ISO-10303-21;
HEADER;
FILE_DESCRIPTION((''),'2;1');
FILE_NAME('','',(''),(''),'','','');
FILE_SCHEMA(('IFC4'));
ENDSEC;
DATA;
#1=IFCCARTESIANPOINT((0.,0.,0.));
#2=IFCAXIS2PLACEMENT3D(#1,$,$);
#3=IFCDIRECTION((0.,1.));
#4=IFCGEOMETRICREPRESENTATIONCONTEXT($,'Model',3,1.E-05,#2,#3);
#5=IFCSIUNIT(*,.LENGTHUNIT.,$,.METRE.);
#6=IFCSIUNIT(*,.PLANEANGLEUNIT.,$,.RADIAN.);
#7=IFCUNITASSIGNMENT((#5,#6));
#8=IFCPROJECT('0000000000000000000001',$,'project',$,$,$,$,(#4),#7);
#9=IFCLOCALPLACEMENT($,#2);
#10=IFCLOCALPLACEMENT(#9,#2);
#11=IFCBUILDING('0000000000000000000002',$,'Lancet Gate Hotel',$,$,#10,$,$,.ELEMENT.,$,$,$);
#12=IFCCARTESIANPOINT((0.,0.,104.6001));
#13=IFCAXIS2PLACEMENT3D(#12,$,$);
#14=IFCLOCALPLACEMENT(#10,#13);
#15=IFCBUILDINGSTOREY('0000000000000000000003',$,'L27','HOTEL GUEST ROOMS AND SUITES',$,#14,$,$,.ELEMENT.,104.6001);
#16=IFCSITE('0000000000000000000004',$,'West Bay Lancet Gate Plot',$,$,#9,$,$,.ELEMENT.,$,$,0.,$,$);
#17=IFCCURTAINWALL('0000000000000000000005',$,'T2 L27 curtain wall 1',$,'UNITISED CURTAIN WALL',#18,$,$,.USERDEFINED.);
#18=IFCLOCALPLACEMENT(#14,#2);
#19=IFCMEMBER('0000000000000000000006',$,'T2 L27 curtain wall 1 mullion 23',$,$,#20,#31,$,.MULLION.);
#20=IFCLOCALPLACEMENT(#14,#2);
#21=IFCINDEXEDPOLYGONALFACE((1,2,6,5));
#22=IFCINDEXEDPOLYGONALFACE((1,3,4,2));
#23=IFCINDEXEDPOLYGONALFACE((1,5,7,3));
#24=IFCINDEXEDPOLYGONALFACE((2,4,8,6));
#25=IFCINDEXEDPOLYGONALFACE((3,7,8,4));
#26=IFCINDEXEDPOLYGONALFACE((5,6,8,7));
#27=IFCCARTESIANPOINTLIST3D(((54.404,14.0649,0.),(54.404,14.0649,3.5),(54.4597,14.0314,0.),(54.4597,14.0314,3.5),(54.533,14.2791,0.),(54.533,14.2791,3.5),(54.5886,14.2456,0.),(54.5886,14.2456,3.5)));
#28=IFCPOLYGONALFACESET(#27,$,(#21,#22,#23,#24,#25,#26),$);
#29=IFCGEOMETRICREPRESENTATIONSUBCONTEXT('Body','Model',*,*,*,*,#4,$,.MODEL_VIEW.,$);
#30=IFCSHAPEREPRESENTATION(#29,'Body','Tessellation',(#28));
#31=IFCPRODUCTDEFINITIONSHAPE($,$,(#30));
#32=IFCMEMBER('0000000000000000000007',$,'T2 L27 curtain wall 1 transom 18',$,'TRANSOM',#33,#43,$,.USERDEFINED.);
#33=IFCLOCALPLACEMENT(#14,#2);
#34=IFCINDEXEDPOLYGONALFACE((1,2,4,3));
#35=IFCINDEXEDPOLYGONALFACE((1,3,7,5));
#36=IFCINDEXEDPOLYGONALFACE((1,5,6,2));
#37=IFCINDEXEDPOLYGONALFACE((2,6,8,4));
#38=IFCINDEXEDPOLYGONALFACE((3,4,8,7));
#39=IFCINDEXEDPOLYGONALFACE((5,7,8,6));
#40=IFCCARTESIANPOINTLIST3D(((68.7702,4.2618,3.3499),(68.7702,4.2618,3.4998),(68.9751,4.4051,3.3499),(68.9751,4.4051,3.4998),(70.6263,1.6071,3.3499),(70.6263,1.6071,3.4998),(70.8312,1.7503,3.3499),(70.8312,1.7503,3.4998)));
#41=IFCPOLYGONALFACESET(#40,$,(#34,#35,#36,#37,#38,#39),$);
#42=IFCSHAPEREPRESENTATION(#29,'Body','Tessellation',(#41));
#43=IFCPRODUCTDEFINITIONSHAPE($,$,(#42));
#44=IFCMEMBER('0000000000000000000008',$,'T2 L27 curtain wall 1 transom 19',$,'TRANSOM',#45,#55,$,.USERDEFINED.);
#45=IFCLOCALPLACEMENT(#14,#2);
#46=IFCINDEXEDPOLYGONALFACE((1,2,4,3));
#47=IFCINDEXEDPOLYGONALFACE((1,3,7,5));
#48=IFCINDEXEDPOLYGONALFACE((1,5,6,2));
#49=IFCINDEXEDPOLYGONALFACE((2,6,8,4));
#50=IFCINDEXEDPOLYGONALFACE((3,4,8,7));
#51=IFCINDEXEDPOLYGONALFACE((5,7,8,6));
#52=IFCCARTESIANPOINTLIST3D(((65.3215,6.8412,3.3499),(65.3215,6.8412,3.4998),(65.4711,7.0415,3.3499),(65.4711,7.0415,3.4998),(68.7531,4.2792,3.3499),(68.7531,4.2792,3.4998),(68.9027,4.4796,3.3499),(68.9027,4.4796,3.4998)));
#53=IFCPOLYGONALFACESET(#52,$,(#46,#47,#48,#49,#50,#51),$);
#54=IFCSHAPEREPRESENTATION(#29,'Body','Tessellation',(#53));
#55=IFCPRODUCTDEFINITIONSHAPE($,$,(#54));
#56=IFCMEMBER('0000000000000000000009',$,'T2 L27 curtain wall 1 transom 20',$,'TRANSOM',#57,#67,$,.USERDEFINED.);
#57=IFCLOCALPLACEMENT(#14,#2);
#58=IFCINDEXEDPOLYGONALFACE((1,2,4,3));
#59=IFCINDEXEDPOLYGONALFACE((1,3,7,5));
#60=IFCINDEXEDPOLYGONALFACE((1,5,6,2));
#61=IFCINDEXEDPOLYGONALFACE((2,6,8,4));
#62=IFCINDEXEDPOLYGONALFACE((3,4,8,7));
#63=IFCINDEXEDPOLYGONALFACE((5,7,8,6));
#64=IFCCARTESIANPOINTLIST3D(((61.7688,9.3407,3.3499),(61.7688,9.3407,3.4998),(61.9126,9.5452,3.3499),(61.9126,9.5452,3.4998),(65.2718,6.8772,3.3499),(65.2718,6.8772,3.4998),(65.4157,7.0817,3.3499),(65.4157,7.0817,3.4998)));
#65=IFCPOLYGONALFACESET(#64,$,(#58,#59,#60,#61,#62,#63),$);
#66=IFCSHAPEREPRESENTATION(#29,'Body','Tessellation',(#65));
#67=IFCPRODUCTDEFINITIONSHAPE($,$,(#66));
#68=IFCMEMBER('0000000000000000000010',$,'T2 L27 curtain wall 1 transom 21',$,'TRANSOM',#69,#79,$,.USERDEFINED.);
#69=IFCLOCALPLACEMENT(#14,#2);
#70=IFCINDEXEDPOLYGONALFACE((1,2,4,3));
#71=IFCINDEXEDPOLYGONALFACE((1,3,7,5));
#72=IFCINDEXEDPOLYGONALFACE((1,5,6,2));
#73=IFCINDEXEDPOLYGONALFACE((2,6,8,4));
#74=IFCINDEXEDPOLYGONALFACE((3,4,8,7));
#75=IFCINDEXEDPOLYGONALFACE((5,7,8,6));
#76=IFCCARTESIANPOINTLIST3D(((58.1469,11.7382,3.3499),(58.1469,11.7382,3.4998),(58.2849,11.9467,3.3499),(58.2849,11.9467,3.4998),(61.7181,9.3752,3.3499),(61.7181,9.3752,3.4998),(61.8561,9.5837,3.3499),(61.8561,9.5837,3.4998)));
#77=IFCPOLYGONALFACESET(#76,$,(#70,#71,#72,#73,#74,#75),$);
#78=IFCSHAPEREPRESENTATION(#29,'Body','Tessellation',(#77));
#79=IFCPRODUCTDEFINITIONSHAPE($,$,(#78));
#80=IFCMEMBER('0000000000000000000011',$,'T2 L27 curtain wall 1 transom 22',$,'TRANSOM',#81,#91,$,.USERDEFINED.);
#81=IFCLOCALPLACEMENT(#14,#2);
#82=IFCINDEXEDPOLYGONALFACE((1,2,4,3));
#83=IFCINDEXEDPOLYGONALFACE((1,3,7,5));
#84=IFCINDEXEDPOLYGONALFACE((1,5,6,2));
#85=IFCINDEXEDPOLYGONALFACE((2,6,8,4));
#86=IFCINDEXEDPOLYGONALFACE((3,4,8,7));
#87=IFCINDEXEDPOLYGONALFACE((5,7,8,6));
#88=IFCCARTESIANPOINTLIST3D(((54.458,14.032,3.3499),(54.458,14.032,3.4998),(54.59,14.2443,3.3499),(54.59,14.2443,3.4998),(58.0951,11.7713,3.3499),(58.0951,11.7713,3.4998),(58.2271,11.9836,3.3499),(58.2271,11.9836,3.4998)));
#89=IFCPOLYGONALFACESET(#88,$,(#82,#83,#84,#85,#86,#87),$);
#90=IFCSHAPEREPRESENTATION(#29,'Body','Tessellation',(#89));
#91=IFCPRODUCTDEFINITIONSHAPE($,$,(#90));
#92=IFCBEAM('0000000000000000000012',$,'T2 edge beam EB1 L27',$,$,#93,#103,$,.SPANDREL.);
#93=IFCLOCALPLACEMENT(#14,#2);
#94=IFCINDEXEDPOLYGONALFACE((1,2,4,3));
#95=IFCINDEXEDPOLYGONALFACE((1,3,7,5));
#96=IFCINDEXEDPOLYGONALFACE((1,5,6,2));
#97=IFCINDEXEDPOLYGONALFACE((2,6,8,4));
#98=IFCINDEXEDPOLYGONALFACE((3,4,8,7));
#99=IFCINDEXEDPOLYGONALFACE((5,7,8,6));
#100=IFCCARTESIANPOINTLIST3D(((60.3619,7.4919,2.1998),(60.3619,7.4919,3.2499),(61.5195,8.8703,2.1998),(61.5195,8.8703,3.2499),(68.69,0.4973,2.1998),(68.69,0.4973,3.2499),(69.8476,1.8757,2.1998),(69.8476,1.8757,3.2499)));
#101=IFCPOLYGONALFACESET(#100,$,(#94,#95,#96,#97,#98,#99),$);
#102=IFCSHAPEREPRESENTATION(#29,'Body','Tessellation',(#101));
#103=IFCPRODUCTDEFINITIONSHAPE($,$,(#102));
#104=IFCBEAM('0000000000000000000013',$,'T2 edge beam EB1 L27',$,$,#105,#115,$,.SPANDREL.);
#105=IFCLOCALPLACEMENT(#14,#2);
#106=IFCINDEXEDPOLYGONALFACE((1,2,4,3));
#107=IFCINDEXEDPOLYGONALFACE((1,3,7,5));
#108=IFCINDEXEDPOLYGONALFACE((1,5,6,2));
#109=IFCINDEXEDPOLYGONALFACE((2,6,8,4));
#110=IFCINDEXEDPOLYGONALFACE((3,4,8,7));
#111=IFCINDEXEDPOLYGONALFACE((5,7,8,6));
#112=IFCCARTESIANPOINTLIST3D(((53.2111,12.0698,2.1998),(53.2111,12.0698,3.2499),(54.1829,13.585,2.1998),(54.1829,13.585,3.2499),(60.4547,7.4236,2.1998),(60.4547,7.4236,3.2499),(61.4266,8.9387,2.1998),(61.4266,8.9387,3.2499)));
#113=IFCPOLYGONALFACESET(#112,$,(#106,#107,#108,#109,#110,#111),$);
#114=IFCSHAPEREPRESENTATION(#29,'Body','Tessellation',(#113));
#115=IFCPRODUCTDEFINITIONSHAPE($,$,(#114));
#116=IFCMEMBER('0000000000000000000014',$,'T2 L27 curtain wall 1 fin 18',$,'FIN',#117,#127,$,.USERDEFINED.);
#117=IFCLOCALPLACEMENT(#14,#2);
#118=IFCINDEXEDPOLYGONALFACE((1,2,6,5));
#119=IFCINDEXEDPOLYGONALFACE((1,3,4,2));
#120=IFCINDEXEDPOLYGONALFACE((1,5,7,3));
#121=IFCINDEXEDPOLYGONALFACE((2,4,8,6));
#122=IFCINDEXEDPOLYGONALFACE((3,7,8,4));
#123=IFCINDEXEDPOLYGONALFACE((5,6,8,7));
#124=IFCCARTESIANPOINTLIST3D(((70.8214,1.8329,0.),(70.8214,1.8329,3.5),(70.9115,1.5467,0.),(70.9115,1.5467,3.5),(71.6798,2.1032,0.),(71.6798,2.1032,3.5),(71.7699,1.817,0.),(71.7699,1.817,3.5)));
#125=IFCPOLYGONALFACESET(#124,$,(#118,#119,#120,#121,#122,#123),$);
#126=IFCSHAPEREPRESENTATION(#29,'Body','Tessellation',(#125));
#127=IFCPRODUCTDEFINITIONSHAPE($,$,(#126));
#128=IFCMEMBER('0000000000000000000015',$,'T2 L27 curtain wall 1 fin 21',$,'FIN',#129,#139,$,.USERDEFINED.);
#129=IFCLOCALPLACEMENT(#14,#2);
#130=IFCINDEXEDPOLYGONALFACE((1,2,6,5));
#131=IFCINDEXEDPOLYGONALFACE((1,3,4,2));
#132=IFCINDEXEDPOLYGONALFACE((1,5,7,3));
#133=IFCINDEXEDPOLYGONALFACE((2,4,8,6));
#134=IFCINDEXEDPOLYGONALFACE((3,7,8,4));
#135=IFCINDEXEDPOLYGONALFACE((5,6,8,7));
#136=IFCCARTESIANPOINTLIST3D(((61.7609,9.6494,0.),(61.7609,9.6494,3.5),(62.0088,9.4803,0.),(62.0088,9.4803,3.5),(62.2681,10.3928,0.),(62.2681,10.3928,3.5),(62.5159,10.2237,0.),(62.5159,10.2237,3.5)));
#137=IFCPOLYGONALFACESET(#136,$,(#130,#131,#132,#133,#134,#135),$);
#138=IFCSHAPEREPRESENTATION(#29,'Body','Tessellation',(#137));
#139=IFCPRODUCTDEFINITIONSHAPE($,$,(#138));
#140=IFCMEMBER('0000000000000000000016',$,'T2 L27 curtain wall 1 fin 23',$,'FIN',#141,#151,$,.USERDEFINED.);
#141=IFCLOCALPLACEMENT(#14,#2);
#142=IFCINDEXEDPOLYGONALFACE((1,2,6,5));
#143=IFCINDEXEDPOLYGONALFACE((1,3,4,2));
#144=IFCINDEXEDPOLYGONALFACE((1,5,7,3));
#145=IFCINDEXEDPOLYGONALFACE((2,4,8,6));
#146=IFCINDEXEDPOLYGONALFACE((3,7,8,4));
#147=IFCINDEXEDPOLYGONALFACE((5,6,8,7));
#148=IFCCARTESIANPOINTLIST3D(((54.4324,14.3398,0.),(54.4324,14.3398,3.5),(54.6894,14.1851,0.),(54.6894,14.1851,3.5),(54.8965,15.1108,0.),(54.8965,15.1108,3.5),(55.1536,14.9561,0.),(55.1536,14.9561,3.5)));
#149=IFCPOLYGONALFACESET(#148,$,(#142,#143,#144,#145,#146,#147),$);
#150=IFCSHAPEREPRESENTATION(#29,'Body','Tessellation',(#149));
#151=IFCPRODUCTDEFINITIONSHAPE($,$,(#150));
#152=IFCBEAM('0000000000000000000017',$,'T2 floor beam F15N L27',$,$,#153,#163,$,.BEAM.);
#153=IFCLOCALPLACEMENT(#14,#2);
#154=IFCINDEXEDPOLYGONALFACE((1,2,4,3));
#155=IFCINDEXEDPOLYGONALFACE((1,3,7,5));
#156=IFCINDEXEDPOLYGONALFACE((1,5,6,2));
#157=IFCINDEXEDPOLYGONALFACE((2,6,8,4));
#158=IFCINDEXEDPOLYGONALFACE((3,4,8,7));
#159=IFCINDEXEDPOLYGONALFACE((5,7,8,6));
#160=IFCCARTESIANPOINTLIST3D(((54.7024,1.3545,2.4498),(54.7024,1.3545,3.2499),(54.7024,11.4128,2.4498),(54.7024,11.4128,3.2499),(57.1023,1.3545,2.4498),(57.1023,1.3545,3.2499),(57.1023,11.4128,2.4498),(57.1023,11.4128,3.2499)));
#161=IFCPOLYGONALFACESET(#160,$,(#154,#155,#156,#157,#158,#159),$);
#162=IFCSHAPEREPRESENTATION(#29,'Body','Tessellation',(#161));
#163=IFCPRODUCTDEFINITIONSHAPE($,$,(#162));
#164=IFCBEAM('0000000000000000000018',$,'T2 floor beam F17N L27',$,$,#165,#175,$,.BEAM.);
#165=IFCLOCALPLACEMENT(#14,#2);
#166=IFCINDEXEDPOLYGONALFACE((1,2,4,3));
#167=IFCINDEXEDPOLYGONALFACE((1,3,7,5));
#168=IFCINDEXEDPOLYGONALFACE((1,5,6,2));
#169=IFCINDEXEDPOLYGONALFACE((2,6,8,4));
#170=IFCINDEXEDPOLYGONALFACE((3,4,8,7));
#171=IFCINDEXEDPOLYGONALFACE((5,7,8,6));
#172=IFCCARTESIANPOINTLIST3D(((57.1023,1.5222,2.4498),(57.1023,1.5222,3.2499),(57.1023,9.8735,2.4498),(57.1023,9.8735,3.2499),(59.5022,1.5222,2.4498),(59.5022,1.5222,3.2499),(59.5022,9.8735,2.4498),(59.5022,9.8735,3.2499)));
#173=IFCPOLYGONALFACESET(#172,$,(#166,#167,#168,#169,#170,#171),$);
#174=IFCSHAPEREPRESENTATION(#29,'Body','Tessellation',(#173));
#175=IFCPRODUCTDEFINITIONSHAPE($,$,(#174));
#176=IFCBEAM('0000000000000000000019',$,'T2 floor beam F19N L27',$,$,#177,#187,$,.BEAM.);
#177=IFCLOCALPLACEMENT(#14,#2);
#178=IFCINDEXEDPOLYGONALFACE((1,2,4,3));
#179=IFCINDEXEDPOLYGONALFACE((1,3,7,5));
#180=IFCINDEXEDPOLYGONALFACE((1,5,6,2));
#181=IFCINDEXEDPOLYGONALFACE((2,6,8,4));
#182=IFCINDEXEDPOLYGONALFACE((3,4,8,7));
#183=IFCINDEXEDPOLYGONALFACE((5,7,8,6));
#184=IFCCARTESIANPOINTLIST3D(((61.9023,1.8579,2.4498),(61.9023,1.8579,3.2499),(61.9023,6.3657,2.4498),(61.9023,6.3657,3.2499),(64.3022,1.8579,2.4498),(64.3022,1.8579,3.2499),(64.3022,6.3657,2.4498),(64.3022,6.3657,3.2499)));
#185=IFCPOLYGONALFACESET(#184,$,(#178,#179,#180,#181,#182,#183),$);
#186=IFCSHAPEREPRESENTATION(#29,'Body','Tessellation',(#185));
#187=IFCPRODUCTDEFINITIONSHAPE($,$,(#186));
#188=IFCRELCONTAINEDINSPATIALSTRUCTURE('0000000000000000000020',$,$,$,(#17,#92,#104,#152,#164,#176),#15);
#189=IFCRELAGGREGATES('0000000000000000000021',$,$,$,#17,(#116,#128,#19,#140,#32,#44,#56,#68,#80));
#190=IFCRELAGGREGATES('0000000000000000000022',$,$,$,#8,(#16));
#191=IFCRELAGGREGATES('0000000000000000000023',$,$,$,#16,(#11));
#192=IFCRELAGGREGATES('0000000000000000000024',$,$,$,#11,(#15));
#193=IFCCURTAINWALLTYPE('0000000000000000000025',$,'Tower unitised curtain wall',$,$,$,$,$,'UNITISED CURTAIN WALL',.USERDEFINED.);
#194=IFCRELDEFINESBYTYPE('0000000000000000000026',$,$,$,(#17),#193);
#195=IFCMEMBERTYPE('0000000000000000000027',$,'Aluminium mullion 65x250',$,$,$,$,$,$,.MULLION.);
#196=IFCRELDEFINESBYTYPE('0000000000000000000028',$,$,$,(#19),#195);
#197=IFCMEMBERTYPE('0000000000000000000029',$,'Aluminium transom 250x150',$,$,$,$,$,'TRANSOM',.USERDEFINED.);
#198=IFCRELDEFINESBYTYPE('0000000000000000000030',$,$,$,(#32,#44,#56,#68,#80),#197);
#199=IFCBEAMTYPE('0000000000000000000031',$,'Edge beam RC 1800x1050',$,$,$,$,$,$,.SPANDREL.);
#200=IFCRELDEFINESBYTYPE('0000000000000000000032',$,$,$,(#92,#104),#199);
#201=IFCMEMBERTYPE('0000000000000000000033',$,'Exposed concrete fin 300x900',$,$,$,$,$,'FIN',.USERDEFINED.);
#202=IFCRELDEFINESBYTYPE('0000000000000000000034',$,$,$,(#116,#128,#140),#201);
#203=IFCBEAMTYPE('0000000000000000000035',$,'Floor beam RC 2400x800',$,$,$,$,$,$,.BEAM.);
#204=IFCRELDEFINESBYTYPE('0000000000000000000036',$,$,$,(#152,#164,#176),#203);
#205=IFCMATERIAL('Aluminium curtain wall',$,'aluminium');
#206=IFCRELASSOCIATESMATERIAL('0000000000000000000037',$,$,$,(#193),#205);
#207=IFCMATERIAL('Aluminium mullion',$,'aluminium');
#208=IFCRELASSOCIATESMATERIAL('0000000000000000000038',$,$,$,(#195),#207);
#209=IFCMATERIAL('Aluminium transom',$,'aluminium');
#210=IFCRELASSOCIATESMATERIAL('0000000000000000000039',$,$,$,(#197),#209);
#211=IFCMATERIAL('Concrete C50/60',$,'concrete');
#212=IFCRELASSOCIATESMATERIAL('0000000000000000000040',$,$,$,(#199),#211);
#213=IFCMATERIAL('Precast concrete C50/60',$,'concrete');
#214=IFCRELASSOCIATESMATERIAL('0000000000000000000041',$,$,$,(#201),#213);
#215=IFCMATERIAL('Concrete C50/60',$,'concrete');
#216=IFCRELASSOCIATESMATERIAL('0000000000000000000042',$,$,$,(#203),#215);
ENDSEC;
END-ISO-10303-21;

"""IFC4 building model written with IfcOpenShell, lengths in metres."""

from ifc_helpers import new_model, si_unit, direction, frame, origin, origin_2d, place, context, subcontext, project, spatial, rectangle, extrude, material, material_profile, profile_set, type_object, element, aggregate, save


model = new_model("IFC4")

# Units and contexts
model_context = context("Model", 3, precision=1e-05, world=origin(), true_north=direction((0.0, 1.0)))
body_context = subcontext(model_context, "Body", "Model", "MODEL_VIEW")
ifc_project = project(units=[si_unit("LENGTHUNIT", "METRE"), si_unit("PLANEANGLEUNIT", "RADIAN")], contexts=[model_context])

# Site, building, storey
site_placement = place(None, origin())
site = spatial("IfcSite", under=ifc_project, at=site_placement, Name="West Bay Lancet Gate Plot", CompositionType="ELEMENT", RefElevation=0.0)
building_placement = place(site_placement, origin())
building = spatial("IfcBuilding", under=site, at=building_placement, Name="Lancet Gate Hotel", CompositionType="ELEMENT")
storey_placement = place(building_placement, frame((0.0, 0.0, 104.6001)))
storey = spatial("IfcBuildingStorey", under=building, at=storey_placement, Name="L27", Description="HOTEL GUEST ROOMS AND SUITES", CompositionType="ELEMENT", Elevation=104.6001)

# Curtain wall, members
ifc_material_1 = material(Name="Aluminium curtain wall", Category="aluminium")
curtain_wall_type = type_object("IfcCurtainWallType", Name="Tower unitised curtain wall", ElementType="UNITISED CURTAIN WALL", PredefinedType="USERDEFINED", material=ifc_material_1)
curtain_wall_placement = place(storey_placement, origin())
curtain_wall = element("IfcCurtainWall", 1, at=curtain_wall_placement, inside=storey, type_object=curtain_wall_type, Name="T2 L27 curtain wall 1", ObjectType="UNITISED CURTAIN WALL", PredefinedType="USERDEFINED")
ifc_material_2 = material(Name="Aluminium mullion", Category="aluminium")
ifc_material_profile_1 = material_profile(ifc_material_2, rectangle(XDim=0.0649, YDim=0.25, at=origin_2d()), Name="MULLION 65x250")
ifc_profile_set_1 = profile_set([ifc_material_profile_1], Name="Aluminium mullion")
member_type_1 = type_object("IfcMemberType", Name="Aluminium mullion 65x250", PredefinedType="MULLION", material=ifc_profile_set_1)
member_1_placement = place(storey_placement, frame((54.4963, 14.1553, 0.0), z_axis=(0.0, 0.0, 1.0), x_axis=(-0.856728, 0.515768, 0.0)))
member_1 = element("IfcMember", 2, at=member_1_placement, type_object=member_type_1, Name="T2 L27 curtain wall 1 mullion 23", PredefinedType="MULLION", context=body_context, shape_type="SweptSolid", body=[
    extrude(rectangle(XDim=0.0649, YDim=0.25, at=origin_2d()), origin(), (0.0, 0.0, 1.0), 3.5),
])
ifc_material_3 = material(Name="Aluminium transom", Category="aluminium")
ifc_material_profile_2 = material_profile(ifc_material_3, rectangle(XDim=0.25, YDim=0.1499, at=origin_2d()), Name="TRANSOM 250x150")
ifc_profile_set_2 = profile_set([ifc_material_profile_2], Name="Aluminium transom")
member_type_2 = type_object("IfcMemberType", Name="Aluminium transom 250x150", ElementType="TRANSOM", PredefinedType="USERDEFINED", material=ifc_profile_set_2)
member_2_placement = place(storey_placement, frame((70.7288, 1.6787, 3.4248), z_axis=(-0.573017, 0.819543, 0.0), x_axis=(-0.819543, -0.573017, 0.0)))
member_2 = element("IfcMember", 3, at=member_2_placement, type_object=member_type_2, Name="T2 L27 curtain wall 1 transom 18", ObjectType="TRANSOM", PredefinedType="USERDEFINED", context=body_context, shape_type="SweptSolid", body=[
    extrude(rectangle(XDim=0.25, YDim=0.1499, at=origin_2d()), origin(), (0.0, 0.0, 1.0), 3.2393),
])
member_3_placement = place(storey_placement, frame((68.8279, 4.3794, 3.4248), z_axis=(-0.801312, 0.598247, 0.0), x_axis=(-0.598247, -0.801312, 0.0)))
member_3 = element("IfcMember", 4, at=member_3_placement, type_object=member_type_2, Name="T2 L27 curtain wall 1 transom 19", ObjectType="TRANSOM", PredefinedType="USERDEFINED", context=body_context, shape_type="SweptSolid", body=[
    extrude(rectangle(XDim=0.25, YDim=0.1499, at=origin_2d()), origin(), (0.0, 0.0, 1.0), 4.2825),
])
member_4_placement = place(storey_placement, frame((65.3438, 6.9795, 3.4248), z_axis=(-0.817987, 0.575236, 0.0), x_axis=(-0.575236, -0.817987, 0.0)))
member_4 = element("IfcMember", 5, at=member_4_placement, type_object=member_type_2, Name="T2 L27 curtain wall 1 transom 20", ObjectType="TRANSOM", PredefinedType="USERDEFINED", context=body_context, shape_type="SweptSolid", body=[
    extrude(rectangle(XDim=0.25, YDim=0.1499, at=origin_2d()), origin(), (0.0, 0.0, 1.0), 4.2825),
])
member_5_placement = place(storey_placement, frame((61.7871, 9.4795, 3.4248), z_axis=(-0.833966, 0.551816, 0.0), x_axis=(-0.551816, -0.833966, 0.0)))
member_5 = element("IfcMember", 6, at=member_5_placement, type_object=member_type_2, Name="T2 L27 curtain wall 1 transom 21", ObjectType="TRANSOM", PredefinedType="USERDEFINED", context=body_context, shape_type="SweptSolid", body=[
    extrude(rectangle(XDim=0.25, YDim=0.1499, at=origin_2d()), origin(), (0.0, 0.0, 1.0), 4.2822),
])
member_6_placement = place(storey_placement, frame((58.1611, 11.8774, 3.4248), z_axis=(-0.849309, 0.527896, 0.0), x_axis=(-0.527896, -0.849309, 0.0)))
member_6 = element("IfcMember", 7, at=member_6_placement, type_object=member_type_2, Name="T2 L27 curtain wall 1 transom 22", ObjectType="TRANSOM", PredefinedType="USERDEFINED", context=body_context, shape_type="SweptSolid", body=[
    extrude(rectangle(XDim=0.25, YDim=0.1499, at=origin_2d()), origin(), (0.0, 0.0, 1.0), 4.2825),
])

# Beams
ifc_material_4 = material(Name="Concrete C50/60", Category="concrete")
ifc_material_profile_3 = material_profile(ifc_material_4, rectangle(XDim=1.8, YDim=1.05, at=origin_2d()), Name="RC 1800x1050")
ifc_profile_set_3 = profile_set([ifc_material_profile_3], Name="Concrete C50/60")
beam_type_1 = type_object("IfcBeamType", Name="Edge beam RC 1800x1050", PredefinedType="SPANDREL", material=ifc_profile_set_3)
beam_1_placement = place(storey_placement, frame((69.2688, 1.1865, 2.7249), z_axis=(-0.76575, 0.643138, 0.0), x_axis=(-0.643138, -0.76575, 0.0)))
element("IfcBeam", 8, at=beam_1_placement, inside=storey, type_object=beam_type_1, Name="T2 edge beam EB1 L27", PredefinedType="SPANDREL", context=body_context, shape_type="SweptSolid", body=[
    extrude(rectangle(XDim=1.8, YDim=1.05, at=origin_2d()), origin(), (0.0, 0.0, 1.0), 10.8757),
])
beam_2_placement = place(storey_placement, frame((60.9407, 8.1812, 2.7249), z_axis=(-0.841727, 0.539903, 0.0), x_axis=(-0.539903, -0.841727, 0.0)))
element("IfcBeam", 9, at=beam_2_placement, inside=storey, type_object=beam_type_1, Name="T2 edge beam EB1 L27", PredefinedType="SPANDREL", context=body_context, shape_type="SweptSolid", body=[
    extrude(rectangle(XDim=1.8, YDim=1.05, at=origin_2d()), origin(), (0.0, 0.0, 1.0), 8.6057),
])

# Members
ifc_material_5 = material(Name="Precast concrete C50/60", Category="concrete")
ifc_material_profile_4 = material_profile(ifc_material_5, rectangle(XDim=0.3, YDim=0.8999, at=origin_2d()), Name="FIN 300x900")
ifc_profile_set_4 = profile_set([ifc_material_profile_4], Name="Precast concrete C50/60")
member_type_3 = type_object("IfcMemberType", Name="Exposed concrete fin 300x900", ElementType="FIN", PredefinedType="USERDEFINED", material=ifc_profile_set_4)
member_7_placement = place(storey_placement, frame((71.2957, 1.825, 0.0), z_axis=(0.0, 0.0, 1.0), x_axis=(-0.300385, 0.953818, 0.0)))
member_7 = element("IfcMember", 10, at=member_7_placement, type_object=member_type_3, Name="T2 L27 curtain wall 1 fin 18", ObjectType="FIN", PredefinedType="USERDEFINED", context=body_context, shape_type="SweptSolid", body=[
    extrude(rectangle(XDim=0.3, YDim=0.8999, at=origin_2d()), origin(), (0.0, 0.0, 1.0), 3.5),
])
member_8_placement = place(storey_placement, frame((62.1384, 9.9365, 0.0), z_axis=(0.0, 0.0, 1.0), x_axis=(-0.826066, 0.563574, 0.0)))
member_8 = element("IfcMember", 11, at=member_8_placement, type_object=member_type_3, Name="T2 L27 curtain wall 1 fin 21", ObjectType="FIN", PredefinedType="USERDEFINED", context=body_context, shape_type="SweptSolid", body=[
    extrude(rectangle(XDim=0.3, YDim=0.8999, at=origin_2d()), origin(), (0.0, 0.0, 1.0), 3.5),
])
member_9_placement = place(storey_placement, frame((54.793, 14.6479, 0.0), z_axis=(0.0, 0.0, 1.0), x_axis=(-0.856728, 0.515768, 0.0)))
member_9 = element("IfcMember", 12, at=member_9_placement, type_object=member_type_3, Name="T2 L27 curtain wall 1 fin 23", ObjectType="FIN", PredefinedType="USERDEFINED", context=body_context, shape_type="SweptSolid", body=[
    extrude(rectangle(XDim=0.3, YDim=0.8999, at=origin_2d()), origin(), (0.0, 0.0, 1.0), 3.5),
])

# Beams
ifc_material_6 = material(Name="Concrete C50/60", Category="concrete")
ifc_material_profile_5 = material_profile(ifc_material_6, rectangle(XDim=2.3999, YDim=0.8, at=origin_2d()), Name="RC 2400x800")
ifc_profile_set_5 = profile_set([ifc_material_profile_5], Name="Concrete C50/60")
beam_type_2 = type_object("IfcBeamType", Name="Floor beam RC 2400x800", PredefinedType="BEAM", material=ifc_profile_set_5)
beam_3_placement = place(storey_placement, frame((55.9023, 1.3545, 2.8499), z_axis=(0.0, 1.0, 0.0), x_axis=(-1.0, 0.0, 0.0)))
element("IfcBeam", 13, at=beam_3_placement, inside=storey, type_object=beam_type_2, Name="T2 floor beam F15N L27", PredefinedType="BEAM", context=body_context, shape_type="SweptSolid", body=[
    extrude(rectangle(XDim=2.3999, YDim=0.8, at=origin_2d()), origin(), (0.0, 0.0, 1.0), 10.0583),
])
beam_4_placement = place(storey_placement, frame((58.3022, 1.5222, 2.8499), z_axis=(0.0, 1.0, 0.0), x_axis=(-1.0, 0.0, 0.0)))
element("IfcBeam", 14, at=beam_4_placement, inside=storey, type_object=beam_type_2, Name="T2 floor beam F17N L27", PredefinedType="BEAM", context=body_context, shape_type="SweptSolid", body=[
    extrude(rectangle(XDim=2.3999, YDim=0.8, at=origin_2d()), origin(), (0.0, 0.0, 1.0), 8.3513),
])
beam_5_placement = place(storey_placement, frame((63.1023, 1.8579, 2.8499), z_axis=(0.0, 1.0, 0.0), x_axis=(-1.0, 0.0, 0.0)))
element("IfcBeam", 15, at=beam_5_placement, inside=storey, type_object=beam_type_2, Name="T2 floor beam F19N L27", PredefinedType="BEAM", context=body_context, shape_type="SweptSolid", body=[
    extrude(rectangle(XDim=2.3999, YDim=0.8, at=origin_2d()), origin(), (0.0, 0.0, 1.0), 4.5078),
])

aggregate(curtain_wall, [member_7, member_8, member_1, member_9, member_2, member_3, member_4, member_5, member_6])

save(model, "model.ifc")
